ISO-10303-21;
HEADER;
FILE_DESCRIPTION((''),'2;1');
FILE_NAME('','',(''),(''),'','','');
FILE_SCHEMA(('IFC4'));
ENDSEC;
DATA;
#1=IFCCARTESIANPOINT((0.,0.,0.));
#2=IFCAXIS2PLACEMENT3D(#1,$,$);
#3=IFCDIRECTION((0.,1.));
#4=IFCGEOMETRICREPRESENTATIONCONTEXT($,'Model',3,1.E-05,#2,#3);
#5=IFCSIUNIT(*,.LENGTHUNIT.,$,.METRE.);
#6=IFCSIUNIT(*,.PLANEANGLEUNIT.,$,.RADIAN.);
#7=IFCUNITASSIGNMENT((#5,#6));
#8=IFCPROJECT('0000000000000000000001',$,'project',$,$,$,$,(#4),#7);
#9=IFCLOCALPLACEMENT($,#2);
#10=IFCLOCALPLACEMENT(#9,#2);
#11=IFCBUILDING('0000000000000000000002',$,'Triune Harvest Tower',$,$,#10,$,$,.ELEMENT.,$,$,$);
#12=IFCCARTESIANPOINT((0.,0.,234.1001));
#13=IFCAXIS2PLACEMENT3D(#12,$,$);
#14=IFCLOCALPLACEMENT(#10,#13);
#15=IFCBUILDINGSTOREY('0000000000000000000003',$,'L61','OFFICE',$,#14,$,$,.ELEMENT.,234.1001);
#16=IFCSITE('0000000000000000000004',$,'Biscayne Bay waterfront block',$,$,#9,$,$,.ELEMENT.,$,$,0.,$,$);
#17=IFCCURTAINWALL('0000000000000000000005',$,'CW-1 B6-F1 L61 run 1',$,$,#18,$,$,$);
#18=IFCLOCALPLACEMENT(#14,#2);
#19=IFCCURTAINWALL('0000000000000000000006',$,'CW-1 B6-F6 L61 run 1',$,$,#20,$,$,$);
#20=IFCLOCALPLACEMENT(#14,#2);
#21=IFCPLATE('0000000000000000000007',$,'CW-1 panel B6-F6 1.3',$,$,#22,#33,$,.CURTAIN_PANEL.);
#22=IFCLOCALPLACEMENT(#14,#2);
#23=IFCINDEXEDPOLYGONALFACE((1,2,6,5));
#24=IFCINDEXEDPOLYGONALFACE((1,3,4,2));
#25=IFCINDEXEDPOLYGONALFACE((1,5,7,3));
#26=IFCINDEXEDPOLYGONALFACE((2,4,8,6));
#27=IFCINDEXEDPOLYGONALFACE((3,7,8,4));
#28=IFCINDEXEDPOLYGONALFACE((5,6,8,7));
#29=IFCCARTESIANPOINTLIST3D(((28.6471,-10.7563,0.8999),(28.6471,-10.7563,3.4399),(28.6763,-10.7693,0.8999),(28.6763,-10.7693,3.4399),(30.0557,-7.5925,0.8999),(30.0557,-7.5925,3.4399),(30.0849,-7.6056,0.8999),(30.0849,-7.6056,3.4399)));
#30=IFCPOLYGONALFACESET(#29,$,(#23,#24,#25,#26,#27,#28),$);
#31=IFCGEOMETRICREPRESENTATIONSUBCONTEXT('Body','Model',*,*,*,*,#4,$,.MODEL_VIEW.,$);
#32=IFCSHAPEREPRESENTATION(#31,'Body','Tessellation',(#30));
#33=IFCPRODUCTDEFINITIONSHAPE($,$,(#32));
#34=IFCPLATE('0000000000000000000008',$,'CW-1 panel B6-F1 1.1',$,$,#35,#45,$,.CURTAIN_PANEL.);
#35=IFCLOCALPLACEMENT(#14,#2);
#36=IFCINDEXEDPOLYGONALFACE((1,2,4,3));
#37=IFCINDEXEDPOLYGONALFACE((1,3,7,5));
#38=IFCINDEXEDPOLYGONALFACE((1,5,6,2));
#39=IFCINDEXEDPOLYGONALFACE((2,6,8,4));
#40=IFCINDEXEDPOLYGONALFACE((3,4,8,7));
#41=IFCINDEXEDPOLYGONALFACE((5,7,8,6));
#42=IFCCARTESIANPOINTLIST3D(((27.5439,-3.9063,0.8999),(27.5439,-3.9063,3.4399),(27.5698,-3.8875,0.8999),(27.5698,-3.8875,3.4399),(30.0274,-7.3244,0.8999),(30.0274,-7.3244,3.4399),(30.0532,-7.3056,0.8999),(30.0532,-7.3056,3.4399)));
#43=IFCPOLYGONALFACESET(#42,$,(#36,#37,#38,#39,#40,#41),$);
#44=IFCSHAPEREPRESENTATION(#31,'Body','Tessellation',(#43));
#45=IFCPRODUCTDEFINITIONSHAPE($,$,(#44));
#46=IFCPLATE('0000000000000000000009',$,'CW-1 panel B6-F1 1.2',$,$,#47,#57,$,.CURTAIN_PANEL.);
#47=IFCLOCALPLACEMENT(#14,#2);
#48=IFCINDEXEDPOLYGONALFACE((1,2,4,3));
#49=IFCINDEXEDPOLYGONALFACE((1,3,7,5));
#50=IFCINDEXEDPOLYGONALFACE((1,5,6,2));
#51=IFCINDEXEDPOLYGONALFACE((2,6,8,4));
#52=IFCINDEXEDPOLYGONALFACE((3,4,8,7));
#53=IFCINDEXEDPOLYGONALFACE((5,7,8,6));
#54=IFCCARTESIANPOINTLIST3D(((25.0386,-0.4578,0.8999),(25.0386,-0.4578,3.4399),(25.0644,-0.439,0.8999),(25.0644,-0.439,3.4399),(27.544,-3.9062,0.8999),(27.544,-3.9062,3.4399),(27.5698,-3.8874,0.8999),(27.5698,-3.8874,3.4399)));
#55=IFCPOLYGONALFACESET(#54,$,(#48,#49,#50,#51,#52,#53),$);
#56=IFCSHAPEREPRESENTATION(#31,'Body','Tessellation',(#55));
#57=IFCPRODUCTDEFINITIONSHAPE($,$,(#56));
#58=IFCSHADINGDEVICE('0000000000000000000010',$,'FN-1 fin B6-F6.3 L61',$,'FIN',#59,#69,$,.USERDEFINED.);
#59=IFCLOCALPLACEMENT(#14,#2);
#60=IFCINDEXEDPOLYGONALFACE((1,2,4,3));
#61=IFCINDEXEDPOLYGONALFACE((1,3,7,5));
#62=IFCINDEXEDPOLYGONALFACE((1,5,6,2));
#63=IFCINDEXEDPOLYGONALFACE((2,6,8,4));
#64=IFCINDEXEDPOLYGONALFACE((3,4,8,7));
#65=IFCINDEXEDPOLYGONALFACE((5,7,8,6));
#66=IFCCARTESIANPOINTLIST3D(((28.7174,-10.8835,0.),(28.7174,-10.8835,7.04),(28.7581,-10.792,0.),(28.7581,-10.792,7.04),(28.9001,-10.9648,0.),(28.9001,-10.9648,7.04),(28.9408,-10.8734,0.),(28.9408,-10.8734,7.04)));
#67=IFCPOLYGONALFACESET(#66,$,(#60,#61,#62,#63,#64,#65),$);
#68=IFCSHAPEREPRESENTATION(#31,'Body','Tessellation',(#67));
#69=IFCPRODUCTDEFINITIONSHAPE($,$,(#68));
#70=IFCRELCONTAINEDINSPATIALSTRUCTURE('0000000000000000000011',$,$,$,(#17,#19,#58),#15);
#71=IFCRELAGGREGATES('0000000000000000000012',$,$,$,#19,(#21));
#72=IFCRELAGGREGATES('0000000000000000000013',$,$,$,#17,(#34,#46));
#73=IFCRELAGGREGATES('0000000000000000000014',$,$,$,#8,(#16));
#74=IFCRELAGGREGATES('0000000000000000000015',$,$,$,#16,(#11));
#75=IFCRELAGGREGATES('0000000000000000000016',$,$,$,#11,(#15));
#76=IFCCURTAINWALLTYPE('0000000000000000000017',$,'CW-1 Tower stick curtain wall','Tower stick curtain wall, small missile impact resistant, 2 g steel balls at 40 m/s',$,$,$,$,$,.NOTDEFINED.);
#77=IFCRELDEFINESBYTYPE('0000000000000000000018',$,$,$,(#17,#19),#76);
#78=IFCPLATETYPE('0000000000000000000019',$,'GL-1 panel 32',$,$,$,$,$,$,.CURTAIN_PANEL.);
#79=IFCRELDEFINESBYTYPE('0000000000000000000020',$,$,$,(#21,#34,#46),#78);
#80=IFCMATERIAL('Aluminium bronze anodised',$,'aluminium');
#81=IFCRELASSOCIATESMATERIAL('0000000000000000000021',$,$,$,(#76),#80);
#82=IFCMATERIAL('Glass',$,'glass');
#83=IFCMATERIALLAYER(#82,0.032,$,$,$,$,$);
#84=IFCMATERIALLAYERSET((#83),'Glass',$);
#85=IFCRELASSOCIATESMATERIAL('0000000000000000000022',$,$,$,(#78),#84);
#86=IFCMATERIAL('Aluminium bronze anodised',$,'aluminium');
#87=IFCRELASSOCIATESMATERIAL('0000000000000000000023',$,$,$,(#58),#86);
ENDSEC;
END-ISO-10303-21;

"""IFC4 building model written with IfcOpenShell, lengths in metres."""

from ifc_helpers import new_model, si_unit, direction, frame, origin, origin_2d, place, context, subcontext, project, spatial, rectangle, extrude, source, transform, mapped, material, layer, layer_set, type_object, element, aggregate, save


model = new_model("IFC4")

# Units and contexts
model_context = context("Model", 3, precision=1e-05, world=origin(), true_north=direction((0.0, 1.0)))
body_context = subcontext(model_context, "Body", "Model", "MODEL_VIEW")
ifc_project = project(units=[si_unit("LENGTHUNIT", "METRE"), si_unit("PLANEANGLEUNIT", "RADIAN")], contexts=[model_context])

# Site, building, storey
site_placement = place(None, origin())
site = spatial("IfcSite", under=ifc_project, at=site_placement, Name="Biscayne Bay waterfront block", CompositionType="ELEMENT", RefElevation=0.0)
building_placement = place(site_placement, origin())
building = spatial("IfcBuilding", under=site, at=building_placement, Name="Triune Harvest Tower", CompositionType="ELEMENT")
storey_placement = place(building_placement, frame((0.0, 0.0, 234.1001)))
storey = spatial("IfcBuildingStorey", under=building, at=storey_placement, Name="L61", Description="OFFICE", CompositionType="ELEMENT", Elevation=234.1001)

# Curtain wall
ifc_material_1 = material(Name="Aluminium bronze anodised", Category="aluminium")
curtain_wall_type = type_object("IfcCurtainWallType", Name="CW-1 Tower stick curtain wall", Description="Tower stick curtain wall, small missile impact resistant, 2 g steel balls at 40 m/s", PredefinedType="NOTDEFINED", material=ifc_material_1)
curtain_wall_1_placement = place(storey_placement, origin())
curtain_wall_1 = element("IfcCurtainWall", 1, at=curtain_wall_1_placement, inside=storey, type_object=curtain_wall_type, Name="CW-1 B6-F1 L61 run 1")

# Curtain wall
curtain_wall_2_placement = place(storey_placement, origin())
curtain_wall_2 = element("IfcCurtainWall", 2, at=curtain_wall_2_placement, inside=storey, type_object=curtain_wall_type, Name="CW-1 B6-F6 L61 run 1")

# Plates
ifc_material_2 = material(Name="Glass", Category="glass")
ifc_layer = layer(ifc_material_2, 0.032)
ifc_layer_set = layer_set([ifc_layer], Name="Glass")
plate_type = type_object("IfcPlateType", Name="GL-1 panel 32", PredefinedType="CURTAIN_PANEL", material=ifc_layer_set)
shared_shape_1 = source(origin(), body_context, "Body", "SweptSolid", [
    extrude(rectangle(XDim=3.4631, YDim=0.032, at=origin_2d()), origin(), (0.0, 0.0, 1.0), 2.54),
])
plate_1_placement = place(storey_placement, frame((29.366, -9.1809, 0.8999), z_axis=(0.0, 0.0, 1.0), x_axis=(0.406743, 0.913543, 0.0)))
plate_1 = element("IfcPlate", 3, at=plate_1_placement, type_object=plate_type, Name="CW-1 panel B6-F6 1.3", PredefinedType="CURTAIN_PANEL", context=body_context, shape_type="MappedRepresentation", body=[
    mapped(shared_shape_1, transform((0.0, 0.0, 0.0), scale=1.0)),
])
aggregate(curtain_wall_2, [plate_1])
shared_shape_2 = source(origin(), body_context, "Body", "SweptSolid", [
    extrude(rectangle(XDim=4.2251, YDim=0.032, at=origin_2d()), origin(), (0.0, 0.0, 1.0), 2.54),
])
plate_2_placement = place(storey_placement, frame((28.7986, -5.606, 0.8999), z_axis=(0.0, 0.0, 1.0), x_axis=(-0.587786, 0.809016, 0.0)))
plate_2 = element("IfcPlate", 4, at=plate_2_placement, type_object=plate_type, Name="CW-1 panel B6-F1 1.1", PredefinedType="CURTAIN_PANEL", context=body_context, shape_type="MappedRepresentation", body=[
    mapped(shared_shape_2, transform((0.0, 0.0, 0.0), scale=1.0)),
])
shared_shape_3 = source(origin(), body_context, "Body", "SweptSolid", [
    extrude(rectangle(XDim=4.2625, YDim=0.032, at=origin_2d()), origin(), (0.0, 0.0, 1.0), 2.54),
])
plate_3_placement = place(storey_placement, frame((26.3042, -2.1726, 0.8999), z_axis=(0.0, 0.0, 1.0), x_axis=(-0.587786, 0.809016, 0.0)))
plate_3 = element("IfcPlate", 5, at=plate_3_placement, type_object=plate_type, Name="CW-1 panel B6-F1 1.2", PredefinedType="CURTAIN_PANEL", context=body_context, shape_type="MappedRepresentation", body=[
    mapped(shared_shape_3, transform((0.0, 0.0, 0.0), scale=1.0)),
])
aggregate(curtain_wall_1, [plate_2, plate_3])

# Shading device
ifc_material_3 = material(Name="Aluminium bronze anodised", Category="aluminium")
shared_shape_4 = source(origin(), body_context, "Body", "SweptSolid", [
    extrude(rectangle(XDim=0.1001, YDim=0.2, at=origin_2d()), origin(), (0.0, 0.0, 1.0), 7.04),
])
shading_device_placement = place(storey_placement, frame((28.8291, -10.8784, 0.0), z_axis=(0.0, 0.0, 1.0), x_axis=(0.406743, 0.913543, 0.0)))
element("IfcShadingDevice", 6, at=shading_device_placement, inside=storey, material=ifc_material_3, Name="FN-1 fin B6-F6.3 L61", ObjectType="FIN", PredefinedType="USERDEFINED", context=body_context, shape_type="MappedRepresentation", body=[
    mapped(shared_shape_4, transform((0.0, 0.0, 0.0), scale=1.0)),
])

save(model, "model.ifc")
